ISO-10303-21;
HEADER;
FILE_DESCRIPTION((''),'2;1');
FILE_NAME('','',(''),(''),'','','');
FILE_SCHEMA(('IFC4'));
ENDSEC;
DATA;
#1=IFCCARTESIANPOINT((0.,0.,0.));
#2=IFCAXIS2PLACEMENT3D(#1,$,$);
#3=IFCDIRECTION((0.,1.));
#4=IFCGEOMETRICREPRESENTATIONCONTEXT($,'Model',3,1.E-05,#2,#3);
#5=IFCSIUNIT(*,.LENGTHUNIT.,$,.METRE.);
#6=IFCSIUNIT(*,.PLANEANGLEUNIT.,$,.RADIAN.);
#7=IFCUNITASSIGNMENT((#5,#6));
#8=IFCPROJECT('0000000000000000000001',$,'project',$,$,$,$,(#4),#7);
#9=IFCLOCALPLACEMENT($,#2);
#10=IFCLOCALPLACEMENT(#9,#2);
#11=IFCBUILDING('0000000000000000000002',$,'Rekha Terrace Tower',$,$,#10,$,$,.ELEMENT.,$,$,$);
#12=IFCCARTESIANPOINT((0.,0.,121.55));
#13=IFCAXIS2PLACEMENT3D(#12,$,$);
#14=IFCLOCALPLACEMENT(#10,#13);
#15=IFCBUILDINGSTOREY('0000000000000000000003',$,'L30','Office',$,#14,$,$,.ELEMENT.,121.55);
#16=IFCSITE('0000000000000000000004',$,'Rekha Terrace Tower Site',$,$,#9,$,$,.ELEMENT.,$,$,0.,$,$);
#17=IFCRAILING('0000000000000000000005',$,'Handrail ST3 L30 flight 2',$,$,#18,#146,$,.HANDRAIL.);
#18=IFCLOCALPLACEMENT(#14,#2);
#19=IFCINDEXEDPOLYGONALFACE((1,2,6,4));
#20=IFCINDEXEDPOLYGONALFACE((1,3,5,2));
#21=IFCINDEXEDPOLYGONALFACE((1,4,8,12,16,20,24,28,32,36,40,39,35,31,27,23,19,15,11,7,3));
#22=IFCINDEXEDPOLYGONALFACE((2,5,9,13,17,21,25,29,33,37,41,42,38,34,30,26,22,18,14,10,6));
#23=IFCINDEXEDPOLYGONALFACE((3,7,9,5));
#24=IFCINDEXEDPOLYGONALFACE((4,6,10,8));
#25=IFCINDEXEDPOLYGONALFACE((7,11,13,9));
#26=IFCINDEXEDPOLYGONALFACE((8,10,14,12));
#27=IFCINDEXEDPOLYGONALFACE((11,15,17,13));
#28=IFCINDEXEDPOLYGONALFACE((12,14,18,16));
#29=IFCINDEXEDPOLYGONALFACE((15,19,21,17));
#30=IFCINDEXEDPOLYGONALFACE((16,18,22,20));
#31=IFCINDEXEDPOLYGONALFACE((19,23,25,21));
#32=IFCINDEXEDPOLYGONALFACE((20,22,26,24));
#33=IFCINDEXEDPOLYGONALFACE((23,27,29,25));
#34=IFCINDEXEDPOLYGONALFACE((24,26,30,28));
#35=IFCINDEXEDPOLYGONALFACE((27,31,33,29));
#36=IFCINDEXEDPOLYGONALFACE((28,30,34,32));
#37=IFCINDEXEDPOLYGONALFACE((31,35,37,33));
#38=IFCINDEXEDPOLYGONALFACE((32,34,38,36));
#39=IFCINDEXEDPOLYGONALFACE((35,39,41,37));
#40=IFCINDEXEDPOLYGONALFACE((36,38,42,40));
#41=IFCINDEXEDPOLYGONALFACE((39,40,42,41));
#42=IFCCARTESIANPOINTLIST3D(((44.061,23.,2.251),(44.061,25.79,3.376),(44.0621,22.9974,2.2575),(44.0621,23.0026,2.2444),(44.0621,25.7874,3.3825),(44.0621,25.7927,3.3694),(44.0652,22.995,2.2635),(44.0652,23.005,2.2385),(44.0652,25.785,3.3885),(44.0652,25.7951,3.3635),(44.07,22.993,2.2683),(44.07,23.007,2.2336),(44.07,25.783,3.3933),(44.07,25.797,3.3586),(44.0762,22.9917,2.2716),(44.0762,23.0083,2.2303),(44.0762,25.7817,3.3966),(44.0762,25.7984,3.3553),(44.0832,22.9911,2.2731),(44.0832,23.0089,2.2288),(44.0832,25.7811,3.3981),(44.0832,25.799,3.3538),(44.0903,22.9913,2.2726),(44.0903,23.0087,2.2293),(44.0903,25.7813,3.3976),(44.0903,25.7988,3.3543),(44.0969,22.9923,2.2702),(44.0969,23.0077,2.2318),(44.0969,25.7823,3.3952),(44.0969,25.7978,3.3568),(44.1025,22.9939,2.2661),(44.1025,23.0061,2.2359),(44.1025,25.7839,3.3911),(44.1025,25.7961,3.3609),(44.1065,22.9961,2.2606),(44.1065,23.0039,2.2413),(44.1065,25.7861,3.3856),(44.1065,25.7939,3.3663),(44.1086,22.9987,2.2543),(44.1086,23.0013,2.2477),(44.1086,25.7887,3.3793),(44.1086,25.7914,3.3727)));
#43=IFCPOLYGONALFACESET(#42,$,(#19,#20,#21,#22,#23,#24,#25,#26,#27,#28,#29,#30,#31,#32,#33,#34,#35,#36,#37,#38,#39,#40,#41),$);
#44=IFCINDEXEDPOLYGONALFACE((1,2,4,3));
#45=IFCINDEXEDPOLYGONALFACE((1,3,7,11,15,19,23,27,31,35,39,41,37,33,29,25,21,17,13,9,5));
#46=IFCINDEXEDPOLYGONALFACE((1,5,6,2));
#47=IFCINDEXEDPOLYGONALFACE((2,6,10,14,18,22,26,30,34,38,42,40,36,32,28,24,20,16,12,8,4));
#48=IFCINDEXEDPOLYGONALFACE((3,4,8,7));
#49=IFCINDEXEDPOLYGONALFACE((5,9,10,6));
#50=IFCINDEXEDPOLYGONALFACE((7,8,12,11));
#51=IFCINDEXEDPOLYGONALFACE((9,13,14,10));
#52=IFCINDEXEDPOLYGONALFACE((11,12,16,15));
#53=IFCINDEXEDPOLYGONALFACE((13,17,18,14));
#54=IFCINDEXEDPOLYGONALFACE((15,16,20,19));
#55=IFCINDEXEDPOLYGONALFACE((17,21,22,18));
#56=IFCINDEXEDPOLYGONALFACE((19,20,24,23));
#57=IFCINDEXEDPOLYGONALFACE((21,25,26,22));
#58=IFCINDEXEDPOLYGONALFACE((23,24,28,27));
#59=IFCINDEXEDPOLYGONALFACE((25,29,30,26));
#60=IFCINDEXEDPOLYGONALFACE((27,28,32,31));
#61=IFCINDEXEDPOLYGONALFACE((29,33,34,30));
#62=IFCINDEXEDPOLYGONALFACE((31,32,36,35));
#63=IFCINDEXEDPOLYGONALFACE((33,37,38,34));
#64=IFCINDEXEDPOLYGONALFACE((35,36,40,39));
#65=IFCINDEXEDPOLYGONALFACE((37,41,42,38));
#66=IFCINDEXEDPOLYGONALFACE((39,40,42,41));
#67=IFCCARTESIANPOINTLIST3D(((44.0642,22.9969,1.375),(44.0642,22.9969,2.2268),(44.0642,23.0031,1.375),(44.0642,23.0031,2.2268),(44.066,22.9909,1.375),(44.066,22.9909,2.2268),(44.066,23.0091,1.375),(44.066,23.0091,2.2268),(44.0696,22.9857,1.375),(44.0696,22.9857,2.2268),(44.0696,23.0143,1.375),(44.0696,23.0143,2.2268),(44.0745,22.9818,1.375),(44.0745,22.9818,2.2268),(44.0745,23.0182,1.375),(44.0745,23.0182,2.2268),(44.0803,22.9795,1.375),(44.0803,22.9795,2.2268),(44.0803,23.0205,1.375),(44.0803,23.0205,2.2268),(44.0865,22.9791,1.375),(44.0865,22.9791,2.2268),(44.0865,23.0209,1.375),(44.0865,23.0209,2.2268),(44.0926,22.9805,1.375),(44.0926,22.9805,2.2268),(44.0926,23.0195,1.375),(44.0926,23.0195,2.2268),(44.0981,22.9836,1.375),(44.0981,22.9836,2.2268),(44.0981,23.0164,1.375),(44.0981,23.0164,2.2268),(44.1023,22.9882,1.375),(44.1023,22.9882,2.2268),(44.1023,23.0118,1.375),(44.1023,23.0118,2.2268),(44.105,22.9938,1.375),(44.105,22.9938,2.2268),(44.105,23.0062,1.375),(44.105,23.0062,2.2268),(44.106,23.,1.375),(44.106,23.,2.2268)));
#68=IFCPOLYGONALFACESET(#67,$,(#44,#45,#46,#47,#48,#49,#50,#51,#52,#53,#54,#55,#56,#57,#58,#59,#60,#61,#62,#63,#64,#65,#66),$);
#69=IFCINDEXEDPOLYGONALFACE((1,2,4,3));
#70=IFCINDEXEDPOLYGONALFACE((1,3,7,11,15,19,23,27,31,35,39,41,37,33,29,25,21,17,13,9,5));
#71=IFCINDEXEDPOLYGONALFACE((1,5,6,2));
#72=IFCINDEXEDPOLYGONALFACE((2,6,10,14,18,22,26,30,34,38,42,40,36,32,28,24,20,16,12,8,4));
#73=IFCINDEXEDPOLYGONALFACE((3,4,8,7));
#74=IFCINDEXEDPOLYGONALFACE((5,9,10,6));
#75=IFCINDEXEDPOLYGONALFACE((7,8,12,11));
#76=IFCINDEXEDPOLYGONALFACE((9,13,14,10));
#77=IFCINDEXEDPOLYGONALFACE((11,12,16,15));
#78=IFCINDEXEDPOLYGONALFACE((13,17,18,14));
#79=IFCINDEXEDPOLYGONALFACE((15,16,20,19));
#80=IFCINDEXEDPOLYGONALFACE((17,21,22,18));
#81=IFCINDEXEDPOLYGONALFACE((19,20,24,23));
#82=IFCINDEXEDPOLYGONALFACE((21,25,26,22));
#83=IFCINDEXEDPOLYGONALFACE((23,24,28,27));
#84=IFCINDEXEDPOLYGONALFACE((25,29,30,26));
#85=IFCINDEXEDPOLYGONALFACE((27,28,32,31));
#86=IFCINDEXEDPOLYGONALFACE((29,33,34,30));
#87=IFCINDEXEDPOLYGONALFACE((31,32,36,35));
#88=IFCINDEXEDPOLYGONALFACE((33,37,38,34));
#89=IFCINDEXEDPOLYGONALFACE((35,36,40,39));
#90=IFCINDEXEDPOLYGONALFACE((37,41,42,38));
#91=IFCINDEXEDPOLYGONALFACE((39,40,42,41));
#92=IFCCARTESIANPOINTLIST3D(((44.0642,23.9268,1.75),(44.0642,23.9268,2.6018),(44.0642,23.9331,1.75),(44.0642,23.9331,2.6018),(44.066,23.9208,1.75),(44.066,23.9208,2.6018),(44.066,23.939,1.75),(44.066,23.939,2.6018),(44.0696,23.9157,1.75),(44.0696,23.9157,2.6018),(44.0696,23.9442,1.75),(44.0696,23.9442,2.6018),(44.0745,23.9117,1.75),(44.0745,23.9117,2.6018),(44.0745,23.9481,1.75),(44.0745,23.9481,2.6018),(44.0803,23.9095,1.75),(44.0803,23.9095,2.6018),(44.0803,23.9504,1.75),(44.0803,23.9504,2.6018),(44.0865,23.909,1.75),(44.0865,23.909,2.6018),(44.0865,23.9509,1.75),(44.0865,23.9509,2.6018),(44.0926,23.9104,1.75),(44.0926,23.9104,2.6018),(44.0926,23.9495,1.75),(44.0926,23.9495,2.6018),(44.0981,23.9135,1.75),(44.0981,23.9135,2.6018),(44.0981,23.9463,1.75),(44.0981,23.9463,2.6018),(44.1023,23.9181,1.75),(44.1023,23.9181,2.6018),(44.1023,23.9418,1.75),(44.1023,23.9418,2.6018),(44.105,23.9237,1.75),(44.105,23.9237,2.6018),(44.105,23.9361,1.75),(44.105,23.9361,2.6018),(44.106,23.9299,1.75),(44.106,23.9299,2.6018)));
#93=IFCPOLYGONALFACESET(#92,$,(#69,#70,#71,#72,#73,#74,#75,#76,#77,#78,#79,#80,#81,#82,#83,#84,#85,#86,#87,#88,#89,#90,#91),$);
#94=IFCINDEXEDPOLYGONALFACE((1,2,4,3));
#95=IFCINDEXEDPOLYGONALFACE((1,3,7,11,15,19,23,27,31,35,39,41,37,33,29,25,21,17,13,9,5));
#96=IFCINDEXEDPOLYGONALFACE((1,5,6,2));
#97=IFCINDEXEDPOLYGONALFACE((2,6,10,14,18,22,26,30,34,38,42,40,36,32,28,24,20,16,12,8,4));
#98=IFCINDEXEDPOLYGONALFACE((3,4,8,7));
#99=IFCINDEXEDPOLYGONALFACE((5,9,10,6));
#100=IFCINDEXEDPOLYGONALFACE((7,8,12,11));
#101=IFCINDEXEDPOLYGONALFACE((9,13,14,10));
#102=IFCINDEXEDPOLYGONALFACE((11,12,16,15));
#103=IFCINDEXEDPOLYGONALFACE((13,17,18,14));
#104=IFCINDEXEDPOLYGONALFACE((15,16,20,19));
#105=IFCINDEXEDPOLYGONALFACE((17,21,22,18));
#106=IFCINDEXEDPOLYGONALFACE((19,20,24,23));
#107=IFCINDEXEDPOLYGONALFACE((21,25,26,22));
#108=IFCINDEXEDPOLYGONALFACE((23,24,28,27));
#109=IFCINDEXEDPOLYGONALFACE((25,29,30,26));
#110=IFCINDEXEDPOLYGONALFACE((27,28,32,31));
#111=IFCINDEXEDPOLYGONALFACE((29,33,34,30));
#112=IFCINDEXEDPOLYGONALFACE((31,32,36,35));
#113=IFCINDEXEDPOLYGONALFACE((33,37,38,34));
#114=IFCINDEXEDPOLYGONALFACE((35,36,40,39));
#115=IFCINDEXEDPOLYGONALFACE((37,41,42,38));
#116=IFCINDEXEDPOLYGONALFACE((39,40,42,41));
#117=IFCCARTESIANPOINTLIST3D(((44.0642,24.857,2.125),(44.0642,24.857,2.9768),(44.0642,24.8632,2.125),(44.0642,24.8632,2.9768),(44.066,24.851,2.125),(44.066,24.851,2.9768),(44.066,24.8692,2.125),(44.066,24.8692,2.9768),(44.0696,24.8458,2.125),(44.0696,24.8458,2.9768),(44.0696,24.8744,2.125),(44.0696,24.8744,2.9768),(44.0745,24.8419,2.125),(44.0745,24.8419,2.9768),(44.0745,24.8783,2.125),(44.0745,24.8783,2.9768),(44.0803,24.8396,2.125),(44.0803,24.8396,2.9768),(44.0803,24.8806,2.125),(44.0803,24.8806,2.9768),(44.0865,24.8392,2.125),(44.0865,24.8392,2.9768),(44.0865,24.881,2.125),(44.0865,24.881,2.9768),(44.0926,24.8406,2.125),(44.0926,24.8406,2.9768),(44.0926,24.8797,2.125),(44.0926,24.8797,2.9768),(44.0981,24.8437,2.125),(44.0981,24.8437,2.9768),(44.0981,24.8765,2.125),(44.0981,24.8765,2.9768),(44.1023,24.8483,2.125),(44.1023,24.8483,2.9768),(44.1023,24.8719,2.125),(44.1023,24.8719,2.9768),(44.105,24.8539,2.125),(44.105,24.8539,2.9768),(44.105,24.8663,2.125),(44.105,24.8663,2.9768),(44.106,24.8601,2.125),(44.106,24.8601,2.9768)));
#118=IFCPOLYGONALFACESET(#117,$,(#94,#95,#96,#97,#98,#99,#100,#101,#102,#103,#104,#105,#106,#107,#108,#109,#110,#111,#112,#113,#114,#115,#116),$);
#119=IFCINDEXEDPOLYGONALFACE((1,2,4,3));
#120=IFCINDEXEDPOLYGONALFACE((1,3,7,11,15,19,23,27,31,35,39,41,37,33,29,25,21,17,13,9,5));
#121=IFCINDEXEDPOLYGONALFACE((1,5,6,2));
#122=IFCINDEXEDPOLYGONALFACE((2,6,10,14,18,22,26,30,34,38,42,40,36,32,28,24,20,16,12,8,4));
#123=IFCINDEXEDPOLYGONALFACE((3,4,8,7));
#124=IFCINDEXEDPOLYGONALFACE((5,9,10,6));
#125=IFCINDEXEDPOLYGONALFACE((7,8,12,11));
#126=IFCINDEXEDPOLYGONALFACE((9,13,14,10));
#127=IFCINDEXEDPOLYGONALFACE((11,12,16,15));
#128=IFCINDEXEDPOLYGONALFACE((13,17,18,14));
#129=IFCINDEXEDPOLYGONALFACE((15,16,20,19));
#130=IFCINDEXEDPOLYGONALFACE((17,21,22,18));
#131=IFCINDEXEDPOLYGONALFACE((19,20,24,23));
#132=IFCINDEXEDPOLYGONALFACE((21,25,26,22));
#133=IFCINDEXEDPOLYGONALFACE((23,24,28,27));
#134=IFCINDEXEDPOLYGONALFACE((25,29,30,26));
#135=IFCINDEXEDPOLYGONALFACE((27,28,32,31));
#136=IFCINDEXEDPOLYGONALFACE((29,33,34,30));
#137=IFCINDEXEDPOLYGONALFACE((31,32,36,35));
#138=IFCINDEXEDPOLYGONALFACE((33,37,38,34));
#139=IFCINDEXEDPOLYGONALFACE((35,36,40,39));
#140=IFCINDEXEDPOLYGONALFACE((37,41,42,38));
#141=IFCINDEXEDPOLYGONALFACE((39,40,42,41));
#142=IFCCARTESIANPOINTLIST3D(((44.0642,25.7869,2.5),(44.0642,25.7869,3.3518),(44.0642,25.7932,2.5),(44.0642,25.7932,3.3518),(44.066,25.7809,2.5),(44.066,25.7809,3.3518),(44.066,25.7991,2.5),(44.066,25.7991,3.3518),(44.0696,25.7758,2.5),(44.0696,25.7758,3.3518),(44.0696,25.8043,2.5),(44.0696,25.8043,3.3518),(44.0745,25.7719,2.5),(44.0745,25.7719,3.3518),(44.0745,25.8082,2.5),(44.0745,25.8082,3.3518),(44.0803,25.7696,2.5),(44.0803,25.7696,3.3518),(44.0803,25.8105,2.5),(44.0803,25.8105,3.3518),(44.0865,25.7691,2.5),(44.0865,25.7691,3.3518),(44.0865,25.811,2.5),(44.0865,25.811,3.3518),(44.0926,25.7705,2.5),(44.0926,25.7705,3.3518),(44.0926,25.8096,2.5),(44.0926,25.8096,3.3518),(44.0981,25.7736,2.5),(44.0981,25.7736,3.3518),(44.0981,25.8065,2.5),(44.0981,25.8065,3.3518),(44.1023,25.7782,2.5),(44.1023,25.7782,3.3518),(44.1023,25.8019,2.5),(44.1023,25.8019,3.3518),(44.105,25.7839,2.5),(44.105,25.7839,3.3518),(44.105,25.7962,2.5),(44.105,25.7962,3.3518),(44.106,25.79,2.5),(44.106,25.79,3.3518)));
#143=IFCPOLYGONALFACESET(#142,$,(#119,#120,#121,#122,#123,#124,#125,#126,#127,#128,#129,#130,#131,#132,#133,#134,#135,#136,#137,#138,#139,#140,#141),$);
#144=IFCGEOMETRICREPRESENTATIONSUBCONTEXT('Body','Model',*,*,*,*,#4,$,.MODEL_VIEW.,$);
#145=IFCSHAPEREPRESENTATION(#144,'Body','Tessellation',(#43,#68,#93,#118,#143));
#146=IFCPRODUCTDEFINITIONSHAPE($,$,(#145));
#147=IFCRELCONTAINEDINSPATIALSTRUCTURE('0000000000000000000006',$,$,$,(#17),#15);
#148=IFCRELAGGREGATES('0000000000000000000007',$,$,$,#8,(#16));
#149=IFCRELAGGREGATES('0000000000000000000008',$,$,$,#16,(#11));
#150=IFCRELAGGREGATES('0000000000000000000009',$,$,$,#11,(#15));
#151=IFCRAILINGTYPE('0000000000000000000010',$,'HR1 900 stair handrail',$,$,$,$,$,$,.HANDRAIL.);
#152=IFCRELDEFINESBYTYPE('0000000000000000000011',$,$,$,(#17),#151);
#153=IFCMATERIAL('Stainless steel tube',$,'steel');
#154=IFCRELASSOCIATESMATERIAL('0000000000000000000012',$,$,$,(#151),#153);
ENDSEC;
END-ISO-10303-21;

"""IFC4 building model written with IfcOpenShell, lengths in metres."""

from ifc_helpers import new_model, si_unit, direction, frame, origin, origin_2d, place, context, subcontext, project, spatial, circle, extrude, material, type_object, element, save


model = new_model("IFC4")

# Units and contexts
model_context = context("Model", 3, precision=1e-05, world=origin(), true_north=direction((0.0, 1.0)))
body_context = subcontext(model_context, "Body", "Model", "MODEL_VIEW")
ifc_project = project(units=[si_unit("LENGTHUNIT", "METRE"), si_unit("PLANEANGLEUNIT", "RADIAN")], contexts=[model_context])

# Site, building, storey
site_placement = place(None, origin())
site = spatial("IfcSite", under=ifc_project, at=site_placement, Name="Rekha Terrace Tower Site", CompositionType="ELEMENT", RefElevation=0.0)
building_placement = place(site_placement, origin())
building = spatial("IfcBuilding", under=site, at=building_placement, Name="Rekha Terrace Tower", CompositionType="ELEMENT")
storey_placement = place(building_placement, frame((0.0, 0.0, 121.55)))
storey = spatial("IfcBuildingStorey", under=building, at=storey_placement, Name="L30", Description="Office", CompositionType="ELEMENT", Elevation=121.55)

# Railing
ifc_material_1 = material(Name="Stainless steel tube", Category="steel")
railing_type_1 = type_object("IfcRailingType", Name="HR1 900 stair handrail", PredefinedType="HANDRAIL", material=ifc_material_1)
railing_1_placement = place(storey_placement, frame((44.085, 23.0, 1.375)))
element("IfcRailing", 1, at=railing_1_placement, inside=storey, type_object=railing_type_1, Name="Handrail ST3 L30 flight 2", PredefinedType="HANDRAIL", context=body_context, shape_type="SweptSolid", body=[
    extrude(circle(Radius=0.0239, at=origin_2d()), frame((0.0, 0.0, 0.876), z_axis=(0.0, 0.927443, 0.373964), x_axis=(-1.0, 0.0, 0.0)), (0.0, 0.0, 1.0), 3.0083),
    extrude(circle(Radius=0.021, at=origin_2d()), origin(), (0.0, 0.0, 1.0), 0.8518),
    extrude(circle(Radius=0.021, at=origin_2d()), frame((0.0, 0.9299, 0.375)), (0.0, 0.0, 1.0), 0.8518),
    extrude(circle(Radius=0.021, at=origin_2d()), frame((0.0, 1.8601, 0.75)), (0.0, 0.0, 1.0), 0.8518),
    extrude(circle(Radius=0.021, at=origin_2d()), frame((0.0, 2.79, 1.125)), (0.0, 0.0, 1.0), 0.8518),
])

save(model, "model.ifc")
